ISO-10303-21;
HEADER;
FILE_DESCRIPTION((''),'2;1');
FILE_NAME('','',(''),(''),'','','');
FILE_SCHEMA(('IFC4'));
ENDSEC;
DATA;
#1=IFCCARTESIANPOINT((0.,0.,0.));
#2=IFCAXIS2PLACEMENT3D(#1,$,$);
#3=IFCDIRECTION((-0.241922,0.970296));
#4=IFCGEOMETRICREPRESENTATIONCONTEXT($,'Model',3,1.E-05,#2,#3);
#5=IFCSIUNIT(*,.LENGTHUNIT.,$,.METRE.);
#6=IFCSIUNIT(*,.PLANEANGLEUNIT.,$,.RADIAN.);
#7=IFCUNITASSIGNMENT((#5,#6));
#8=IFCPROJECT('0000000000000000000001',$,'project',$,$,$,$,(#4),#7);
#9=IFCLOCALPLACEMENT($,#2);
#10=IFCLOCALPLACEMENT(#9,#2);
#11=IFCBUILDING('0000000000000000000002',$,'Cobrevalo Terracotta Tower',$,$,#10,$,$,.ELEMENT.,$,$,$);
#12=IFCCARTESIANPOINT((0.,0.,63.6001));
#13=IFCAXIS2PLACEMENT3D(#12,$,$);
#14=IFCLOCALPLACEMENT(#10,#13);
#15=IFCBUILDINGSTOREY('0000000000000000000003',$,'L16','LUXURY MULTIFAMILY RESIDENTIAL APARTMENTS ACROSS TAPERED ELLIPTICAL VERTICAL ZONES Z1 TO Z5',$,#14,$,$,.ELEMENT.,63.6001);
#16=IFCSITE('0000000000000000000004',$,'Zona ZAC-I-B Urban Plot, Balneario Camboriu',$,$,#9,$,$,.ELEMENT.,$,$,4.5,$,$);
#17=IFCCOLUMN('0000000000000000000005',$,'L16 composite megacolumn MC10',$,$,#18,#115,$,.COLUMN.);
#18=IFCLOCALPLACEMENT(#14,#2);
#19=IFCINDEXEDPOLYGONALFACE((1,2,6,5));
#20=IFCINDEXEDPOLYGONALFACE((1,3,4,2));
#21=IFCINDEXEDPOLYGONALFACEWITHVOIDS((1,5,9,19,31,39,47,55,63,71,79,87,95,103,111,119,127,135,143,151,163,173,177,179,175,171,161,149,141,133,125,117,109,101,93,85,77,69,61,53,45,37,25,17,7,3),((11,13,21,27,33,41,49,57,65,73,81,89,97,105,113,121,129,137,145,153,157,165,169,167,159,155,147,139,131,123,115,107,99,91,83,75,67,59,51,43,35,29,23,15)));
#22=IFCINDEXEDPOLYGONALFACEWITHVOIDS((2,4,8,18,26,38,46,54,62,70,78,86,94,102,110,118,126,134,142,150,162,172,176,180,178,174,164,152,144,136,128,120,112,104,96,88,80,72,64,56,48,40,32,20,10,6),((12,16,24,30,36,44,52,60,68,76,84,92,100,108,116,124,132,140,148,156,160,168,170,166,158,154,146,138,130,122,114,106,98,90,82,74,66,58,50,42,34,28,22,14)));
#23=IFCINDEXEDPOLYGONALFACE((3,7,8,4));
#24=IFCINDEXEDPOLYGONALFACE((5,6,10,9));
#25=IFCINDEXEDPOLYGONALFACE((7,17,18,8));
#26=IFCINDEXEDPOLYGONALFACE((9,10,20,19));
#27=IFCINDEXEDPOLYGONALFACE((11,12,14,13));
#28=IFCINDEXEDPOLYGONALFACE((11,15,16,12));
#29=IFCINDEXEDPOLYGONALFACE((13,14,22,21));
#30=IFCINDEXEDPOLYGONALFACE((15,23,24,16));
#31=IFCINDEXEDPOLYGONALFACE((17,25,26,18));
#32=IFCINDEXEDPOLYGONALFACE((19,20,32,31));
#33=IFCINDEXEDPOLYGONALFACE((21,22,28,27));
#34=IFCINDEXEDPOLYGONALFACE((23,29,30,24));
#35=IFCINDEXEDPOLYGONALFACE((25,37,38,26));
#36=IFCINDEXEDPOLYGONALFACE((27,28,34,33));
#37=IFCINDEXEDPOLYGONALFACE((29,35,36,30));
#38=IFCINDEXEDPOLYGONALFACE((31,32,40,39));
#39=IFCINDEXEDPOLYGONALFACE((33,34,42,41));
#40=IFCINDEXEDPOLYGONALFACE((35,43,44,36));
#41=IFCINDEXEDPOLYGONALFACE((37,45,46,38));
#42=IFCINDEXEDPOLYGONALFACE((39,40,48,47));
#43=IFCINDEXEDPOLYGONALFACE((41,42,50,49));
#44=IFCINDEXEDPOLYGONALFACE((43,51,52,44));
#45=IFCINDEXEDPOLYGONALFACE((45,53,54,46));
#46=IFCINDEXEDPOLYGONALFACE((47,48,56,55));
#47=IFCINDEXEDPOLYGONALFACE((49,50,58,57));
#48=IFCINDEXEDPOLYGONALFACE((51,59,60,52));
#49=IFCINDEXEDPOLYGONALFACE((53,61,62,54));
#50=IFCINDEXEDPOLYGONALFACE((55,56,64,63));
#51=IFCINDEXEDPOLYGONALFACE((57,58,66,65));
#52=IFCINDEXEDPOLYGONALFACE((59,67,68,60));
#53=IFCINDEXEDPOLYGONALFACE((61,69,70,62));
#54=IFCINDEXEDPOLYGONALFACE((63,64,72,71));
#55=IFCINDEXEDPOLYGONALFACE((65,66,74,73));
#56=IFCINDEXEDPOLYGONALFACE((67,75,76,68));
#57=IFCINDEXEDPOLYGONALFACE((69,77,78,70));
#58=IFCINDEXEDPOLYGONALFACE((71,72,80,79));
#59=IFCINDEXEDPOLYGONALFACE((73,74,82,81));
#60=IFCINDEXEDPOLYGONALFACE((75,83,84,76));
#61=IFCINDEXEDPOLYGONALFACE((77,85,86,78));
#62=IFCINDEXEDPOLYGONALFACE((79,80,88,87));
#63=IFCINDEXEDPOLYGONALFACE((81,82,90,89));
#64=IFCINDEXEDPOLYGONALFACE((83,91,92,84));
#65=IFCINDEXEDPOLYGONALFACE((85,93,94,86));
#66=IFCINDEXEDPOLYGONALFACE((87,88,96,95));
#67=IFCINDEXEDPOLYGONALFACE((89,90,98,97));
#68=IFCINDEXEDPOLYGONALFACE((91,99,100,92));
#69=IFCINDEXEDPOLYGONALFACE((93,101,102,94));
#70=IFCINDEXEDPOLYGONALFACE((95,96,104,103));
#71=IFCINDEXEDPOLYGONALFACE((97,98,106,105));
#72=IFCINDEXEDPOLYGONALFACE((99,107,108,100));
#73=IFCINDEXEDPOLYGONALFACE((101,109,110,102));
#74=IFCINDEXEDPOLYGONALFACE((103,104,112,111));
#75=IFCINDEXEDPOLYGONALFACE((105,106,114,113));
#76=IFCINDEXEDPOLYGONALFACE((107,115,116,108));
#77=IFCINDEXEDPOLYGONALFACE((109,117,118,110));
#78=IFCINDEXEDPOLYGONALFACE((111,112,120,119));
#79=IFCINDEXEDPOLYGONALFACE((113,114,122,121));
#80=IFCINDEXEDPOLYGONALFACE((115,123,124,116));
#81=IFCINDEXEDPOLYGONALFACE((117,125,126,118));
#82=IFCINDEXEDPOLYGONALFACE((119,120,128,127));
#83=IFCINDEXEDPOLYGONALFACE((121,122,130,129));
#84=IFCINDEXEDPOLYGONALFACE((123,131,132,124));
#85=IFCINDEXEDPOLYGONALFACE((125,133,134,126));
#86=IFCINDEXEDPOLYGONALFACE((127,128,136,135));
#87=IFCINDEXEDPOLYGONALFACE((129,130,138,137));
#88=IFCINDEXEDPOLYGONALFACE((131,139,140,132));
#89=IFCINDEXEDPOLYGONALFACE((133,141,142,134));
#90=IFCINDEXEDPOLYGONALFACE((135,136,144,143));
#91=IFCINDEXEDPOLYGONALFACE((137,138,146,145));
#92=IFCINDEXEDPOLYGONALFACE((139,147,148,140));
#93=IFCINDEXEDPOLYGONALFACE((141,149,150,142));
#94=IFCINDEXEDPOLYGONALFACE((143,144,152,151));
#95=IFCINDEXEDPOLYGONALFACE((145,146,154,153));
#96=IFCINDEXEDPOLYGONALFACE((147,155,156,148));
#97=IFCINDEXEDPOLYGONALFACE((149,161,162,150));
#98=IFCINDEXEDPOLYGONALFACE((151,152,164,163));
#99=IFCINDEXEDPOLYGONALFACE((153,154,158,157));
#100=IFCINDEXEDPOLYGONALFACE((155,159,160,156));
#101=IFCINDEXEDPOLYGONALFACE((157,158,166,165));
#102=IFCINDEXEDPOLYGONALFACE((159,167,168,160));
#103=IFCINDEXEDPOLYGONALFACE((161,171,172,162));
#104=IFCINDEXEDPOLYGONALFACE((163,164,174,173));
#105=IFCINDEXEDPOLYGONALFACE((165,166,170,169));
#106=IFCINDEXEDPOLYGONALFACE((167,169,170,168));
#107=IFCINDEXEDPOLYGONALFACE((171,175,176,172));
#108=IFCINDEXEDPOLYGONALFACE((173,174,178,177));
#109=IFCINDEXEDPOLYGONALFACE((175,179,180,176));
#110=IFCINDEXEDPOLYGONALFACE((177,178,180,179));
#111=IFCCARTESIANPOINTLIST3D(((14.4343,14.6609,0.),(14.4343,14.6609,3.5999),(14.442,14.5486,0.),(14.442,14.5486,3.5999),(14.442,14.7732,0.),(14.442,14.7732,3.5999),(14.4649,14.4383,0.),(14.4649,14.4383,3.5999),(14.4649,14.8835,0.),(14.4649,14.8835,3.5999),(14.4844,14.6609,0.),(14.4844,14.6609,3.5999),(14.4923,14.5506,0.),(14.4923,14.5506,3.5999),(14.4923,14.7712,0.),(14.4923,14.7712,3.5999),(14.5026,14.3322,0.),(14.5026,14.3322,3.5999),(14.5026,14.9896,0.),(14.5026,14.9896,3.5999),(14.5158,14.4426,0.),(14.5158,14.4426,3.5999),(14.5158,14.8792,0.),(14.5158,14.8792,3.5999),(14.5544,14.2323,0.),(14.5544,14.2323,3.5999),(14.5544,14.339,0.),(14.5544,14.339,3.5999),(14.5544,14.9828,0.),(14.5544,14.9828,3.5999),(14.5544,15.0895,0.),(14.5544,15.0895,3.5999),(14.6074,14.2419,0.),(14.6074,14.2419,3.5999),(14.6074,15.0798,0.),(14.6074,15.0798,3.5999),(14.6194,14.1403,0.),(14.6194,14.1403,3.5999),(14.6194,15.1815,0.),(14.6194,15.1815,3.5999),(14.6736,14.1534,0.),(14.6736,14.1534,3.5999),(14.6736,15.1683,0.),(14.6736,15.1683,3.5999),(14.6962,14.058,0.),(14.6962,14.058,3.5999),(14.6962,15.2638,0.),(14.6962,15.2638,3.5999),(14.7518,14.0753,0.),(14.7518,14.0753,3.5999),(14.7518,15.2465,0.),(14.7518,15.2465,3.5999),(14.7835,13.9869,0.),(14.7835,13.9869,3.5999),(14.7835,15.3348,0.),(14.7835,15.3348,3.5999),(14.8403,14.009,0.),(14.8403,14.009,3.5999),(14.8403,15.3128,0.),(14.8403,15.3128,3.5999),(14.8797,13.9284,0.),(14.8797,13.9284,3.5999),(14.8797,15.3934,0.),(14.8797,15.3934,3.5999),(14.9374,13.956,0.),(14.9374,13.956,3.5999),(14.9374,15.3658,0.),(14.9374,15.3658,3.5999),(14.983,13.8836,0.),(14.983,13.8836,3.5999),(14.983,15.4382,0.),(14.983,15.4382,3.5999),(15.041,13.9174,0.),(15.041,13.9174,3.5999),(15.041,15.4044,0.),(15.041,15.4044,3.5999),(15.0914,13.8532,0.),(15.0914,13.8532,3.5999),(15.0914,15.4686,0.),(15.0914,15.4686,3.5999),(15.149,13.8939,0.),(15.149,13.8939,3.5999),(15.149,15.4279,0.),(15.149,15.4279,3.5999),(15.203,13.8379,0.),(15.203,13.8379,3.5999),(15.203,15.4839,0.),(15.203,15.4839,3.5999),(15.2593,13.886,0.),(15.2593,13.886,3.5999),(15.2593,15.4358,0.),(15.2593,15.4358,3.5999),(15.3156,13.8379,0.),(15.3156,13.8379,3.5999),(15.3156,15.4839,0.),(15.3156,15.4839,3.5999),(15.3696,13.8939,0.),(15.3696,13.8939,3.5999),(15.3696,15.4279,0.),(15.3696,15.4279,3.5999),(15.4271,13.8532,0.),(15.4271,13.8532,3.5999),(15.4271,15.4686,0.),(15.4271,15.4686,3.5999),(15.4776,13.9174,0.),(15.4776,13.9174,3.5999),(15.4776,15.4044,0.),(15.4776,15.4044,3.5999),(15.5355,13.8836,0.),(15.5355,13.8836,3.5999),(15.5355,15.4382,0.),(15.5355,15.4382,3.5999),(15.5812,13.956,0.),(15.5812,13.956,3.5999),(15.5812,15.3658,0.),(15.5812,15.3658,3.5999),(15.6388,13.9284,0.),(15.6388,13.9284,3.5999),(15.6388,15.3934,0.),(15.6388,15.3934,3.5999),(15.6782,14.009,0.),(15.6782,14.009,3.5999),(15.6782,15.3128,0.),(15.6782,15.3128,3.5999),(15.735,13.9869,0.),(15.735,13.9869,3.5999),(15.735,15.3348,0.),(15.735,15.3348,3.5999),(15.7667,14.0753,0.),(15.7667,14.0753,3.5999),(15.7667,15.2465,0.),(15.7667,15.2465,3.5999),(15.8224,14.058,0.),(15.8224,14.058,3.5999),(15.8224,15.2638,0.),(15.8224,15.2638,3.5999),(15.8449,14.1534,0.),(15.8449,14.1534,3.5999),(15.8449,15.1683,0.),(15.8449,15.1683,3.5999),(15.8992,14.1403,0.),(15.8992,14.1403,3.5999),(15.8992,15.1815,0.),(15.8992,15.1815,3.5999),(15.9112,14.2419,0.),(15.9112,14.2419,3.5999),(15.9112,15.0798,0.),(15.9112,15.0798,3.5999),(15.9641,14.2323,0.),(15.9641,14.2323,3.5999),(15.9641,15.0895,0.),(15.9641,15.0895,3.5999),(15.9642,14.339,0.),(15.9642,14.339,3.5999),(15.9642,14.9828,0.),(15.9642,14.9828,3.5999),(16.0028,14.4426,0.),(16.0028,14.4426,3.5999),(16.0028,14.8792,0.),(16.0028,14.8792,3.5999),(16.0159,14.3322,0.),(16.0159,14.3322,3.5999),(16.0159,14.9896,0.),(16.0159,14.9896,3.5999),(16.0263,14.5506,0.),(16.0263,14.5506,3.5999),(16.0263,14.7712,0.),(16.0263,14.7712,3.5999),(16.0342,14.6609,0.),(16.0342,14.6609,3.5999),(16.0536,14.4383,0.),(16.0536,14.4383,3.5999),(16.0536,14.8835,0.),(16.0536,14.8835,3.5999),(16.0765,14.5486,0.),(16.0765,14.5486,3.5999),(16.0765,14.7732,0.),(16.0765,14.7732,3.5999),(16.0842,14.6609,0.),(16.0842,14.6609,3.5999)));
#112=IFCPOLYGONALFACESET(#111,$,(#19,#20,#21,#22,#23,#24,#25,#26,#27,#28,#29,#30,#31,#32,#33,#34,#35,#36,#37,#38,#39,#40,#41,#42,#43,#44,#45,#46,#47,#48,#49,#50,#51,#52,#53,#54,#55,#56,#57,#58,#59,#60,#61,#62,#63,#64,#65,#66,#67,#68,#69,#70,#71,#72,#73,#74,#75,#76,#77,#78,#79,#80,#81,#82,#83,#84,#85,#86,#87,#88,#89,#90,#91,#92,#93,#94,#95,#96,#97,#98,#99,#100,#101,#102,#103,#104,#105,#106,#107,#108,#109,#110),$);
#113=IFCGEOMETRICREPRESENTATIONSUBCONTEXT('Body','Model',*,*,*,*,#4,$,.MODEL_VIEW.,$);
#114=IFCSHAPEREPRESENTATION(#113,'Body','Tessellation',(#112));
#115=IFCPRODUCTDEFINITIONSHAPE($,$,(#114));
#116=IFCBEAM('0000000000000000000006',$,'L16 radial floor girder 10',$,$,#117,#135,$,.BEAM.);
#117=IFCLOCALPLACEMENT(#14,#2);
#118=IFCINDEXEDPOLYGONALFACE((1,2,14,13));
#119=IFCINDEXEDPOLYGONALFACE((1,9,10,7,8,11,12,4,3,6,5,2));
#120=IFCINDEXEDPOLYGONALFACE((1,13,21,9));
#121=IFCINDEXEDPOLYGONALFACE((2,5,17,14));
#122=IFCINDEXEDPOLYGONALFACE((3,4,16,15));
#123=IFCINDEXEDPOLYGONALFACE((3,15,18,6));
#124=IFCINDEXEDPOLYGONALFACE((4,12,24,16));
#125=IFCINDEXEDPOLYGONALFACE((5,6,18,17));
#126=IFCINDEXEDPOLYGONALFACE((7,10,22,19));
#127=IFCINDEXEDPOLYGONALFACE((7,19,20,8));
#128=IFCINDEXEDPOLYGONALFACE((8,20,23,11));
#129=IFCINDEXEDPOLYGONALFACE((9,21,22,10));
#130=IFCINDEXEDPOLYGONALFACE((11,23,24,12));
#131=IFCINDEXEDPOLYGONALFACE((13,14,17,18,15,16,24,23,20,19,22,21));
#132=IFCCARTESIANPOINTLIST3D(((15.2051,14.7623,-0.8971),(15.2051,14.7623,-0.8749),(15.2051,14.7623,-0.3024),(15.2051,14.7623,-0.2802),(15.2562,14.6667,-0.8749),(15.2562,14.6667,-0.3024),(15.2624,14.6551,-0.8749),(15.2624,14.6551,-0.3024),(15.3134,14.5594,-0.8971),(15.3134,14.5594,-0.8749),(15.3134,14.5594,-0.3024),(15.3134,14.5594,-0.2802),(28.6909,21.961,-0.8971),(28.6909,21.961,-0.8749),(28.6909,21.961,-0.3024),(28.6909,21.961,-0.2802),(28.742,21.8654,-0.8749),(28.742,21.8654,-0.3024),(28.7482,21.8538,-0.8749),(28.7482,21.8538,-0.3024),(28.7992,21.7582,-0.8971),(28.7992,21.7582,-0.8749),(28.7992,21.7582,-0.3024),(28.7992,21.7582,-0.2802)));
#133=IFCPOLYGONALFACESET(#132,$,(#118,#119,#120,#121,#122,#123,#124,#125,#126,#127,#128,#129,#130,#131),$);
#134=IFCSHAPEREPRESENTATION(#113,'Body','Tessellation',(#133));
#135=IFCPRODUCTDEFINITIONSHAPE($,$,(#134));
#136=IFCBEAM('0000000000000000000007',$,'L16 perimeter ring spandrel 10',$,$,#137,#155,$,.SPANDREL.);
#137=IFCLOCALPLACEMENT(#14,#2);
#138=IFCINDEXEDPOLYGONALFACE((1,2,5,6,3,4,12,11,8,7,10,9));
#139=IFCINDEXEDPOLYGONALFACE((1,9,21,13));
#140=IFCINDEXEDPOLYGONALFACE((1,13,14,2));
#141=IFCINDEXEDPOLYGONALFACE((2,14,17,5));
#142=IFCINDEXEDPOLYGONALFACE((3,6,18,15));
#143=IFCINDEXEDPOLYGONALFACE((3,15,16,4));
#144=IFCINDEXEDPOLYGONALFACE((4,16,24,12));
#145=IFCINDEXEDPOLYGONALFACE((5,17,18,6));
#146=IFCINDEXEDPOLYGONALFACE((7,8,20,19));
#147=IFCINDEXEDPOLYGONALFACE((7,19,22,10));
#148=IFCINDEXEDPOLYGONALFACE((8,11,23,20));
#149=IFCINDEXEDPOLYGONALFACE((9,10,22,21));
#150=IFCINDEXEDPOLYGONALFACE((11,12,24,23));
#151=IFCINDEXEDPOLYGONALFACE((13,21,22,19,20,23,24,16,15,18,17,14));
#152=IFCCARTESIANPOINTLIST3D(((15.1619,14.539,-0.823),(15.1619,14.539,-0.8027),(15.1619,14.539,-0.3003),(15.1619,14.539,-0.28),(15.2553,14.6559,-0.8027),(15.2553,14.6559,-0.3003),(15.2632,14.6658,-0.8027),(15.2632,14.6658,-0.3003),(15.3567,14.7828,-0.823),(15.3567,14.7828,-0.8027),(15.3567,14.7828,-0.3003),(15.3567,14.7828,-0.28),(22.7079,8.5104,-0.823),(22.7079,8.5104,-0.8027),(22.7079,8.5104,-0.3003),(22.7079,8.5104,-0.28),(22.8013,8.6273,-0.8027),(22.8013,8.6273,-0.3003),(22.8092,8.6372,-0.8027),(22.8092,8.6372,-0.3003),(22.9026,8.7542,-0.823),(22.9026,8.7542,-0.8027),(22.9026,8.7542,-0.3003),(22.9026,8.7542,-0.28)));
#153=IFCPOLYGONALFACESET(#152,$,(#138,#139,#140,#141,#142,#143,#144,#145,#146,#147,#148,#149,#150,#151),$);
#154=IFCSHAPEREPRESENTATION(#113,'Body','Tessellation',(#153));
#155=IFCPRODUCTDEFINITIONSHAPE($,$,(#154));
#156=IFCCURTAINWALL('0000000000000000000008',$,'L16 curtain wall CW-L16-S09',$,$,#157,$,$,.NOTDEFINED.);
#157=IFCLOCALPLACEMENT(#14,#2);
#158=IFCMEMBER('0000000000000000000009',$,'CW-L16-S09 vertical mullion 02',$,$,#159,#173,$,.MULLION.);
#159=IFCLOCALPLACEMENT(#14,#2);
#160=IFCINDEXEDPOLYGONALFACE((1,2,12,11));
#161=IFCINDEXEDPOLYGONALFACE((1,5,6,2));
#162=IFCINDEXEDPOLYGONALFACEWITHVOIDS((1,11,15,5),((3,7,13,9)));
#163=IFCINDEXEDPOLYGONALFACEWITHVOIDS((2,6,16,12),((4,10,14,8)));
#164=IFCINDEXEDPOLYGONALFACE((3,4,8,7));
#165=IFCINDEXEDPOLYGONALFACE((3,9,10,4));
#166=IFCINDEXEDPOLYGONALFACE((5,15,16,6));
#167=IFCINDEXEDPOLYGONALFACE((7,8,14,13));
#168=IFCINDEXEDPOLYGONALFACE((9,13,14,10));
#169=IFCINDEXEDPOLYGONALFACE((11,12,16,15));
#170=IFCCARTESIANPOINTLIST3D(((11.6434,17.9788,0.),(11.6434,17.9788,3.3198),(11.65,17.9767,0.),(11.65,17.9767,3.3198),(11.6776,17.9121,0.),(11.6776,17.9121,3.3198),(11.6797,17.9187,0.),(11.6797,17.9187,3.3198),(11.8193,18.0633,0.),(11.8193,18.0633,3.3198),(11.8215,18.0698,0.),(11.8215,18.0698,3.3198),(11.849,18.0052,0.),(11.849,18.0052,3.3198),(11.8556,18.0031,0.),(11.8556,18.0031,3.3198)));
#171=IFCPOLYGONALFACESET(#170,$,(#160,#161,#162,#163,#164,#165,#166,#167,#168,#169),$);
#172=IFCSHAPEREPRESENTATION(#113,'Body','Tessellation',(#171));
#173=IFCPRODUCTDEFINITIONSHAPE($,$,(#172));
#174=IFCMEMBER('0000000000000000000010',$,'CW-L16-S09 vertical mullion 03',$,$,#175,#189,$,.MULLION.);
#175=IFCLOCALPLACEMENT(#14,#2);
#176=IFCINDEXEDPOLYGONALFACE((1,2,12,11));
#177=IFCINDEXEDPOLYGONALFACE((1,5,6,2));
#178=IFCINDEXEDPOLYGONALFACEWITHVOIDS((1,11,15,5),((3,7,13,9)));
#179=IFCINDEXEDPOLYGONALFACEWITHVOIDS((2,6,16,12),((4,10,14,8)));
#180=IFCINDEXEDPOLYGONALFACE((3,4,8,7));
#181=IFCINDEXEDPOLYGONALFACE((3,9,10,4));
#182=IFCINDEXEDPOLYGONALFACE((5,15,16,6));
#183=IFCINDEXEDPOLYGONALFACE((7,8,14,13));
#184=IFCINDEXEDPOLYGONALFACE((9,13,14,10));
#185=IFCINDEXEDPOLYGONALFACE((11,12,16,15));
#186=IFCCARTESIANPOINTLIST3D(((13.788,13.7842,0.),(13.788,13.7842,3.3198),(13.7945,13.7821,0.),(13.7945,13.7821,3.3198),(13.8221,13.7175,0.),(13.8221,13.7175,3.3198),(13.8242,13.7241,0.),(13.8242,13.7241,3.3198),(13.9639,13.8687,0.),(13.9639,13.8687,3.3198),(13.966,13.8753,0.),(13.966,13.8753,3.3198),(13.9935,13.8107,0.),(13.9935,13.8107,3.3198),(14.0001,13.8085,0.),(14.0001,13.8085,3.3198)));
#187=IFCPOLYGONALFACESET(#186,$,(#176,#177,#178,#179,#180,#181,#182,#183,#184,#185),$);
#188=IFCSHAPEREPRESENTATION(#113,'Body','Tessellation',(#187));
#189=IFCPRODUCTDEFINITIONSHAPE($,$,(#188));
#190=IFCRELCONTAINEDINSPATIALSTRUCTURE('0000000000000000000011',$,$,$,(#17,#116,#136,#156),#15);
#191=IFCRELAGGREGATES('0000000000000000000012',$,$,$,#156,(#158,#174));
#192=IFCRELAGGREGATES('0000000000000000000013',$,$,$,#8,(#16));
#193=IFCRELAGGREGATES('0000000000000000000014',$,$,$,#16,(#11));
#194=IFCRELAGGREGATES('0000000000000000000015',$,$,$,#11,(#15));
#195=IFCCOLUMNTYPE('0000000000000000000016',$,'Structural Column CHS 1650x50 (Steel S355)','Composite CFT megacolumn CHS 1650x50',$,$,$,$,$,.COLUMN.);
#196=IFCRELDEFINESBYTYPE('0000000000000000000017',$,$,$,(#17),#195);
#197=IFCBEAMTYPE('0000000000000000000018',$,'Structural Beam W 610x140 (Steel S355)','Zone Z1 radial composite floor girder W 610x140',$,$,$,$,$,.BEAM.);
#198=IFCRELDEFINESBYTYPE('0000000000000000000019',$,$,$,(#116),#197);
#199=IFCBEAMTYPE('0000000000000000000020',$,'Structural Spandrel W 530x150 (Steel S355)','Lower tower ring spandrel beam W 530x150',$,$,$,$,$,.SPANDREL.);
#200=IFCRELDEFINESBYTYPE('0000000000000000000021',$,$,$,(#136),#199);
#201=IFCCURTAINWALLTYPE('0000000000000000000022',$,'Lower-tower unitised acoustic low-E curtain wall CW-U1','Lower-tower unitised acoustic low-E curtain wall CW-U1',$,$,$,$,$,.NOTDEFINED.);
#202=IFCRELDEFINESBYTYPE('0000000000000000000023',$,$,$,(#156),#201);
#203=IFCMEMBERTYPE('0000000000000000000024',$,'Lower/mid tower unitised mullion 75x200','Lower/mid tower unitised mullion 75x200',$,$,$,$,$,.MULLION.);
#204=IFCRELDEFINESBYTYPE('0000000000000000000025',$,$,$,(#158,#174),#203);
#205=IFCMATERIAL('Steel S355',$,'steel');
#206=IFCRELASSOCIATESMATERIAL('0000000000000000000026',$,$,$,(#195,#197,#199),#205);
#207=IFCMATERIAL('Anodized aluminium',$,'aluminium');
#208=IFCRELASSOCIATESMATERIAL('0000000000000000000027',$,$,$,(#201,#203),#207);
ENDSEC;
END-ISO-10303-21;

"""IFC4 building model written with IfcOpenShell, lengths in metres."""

from ifc_helpers import new_model, si_unit, direction, frame, origin, origin_2d, place, context, subcontext, project, spatial, hollow_rectangle, hollow_circle, i_section, extrude, source, transform, mapped, material, material_profile, profile_set, type_object, element, aggregate, save


model = new_model("IFC4")

# Units and contexts
model_context = context("Model", 3, precision=1e-05, world=origin(), true_north=direction((-0.241922, 0.970296)))
body_context = subcontext(model_context, "Body", "Model", "MODEL_VIEW")
ifc_project = project(units=[si_unit("LENGTHUNIT", "METRE"), si_unit("PLANEANGLEUNIT", "RADIAN")], contexts=[model_context])

# Site, building, storey
site_placement = place(None, origin())
site = spatial("IfcSite", under=ifc_project, at=site_placement, Name="Zona ZAC-I-B Urban Plot, Balneario Camboriu", CompositionType="ELEMENT", RefElevation=4.5)
building_placement = place(site_placement, origin())
building = spatial("IfcBuilding", under=site, at=building_placement, Name="Cobrevalo Terracotta Tower", CompositionType="ELEMENT")
storey_placement = place(building_placement, frame((0.0, 0.0, 63.6001)))
storey = spatial("IfcBuildingStorey", under=building, at=storey_placement, Name="L16", Description="LUXURY MULTIFAMILY RESIDENTIAL APARTMENTS ACROSS TAPERED ELLIPTICAL VERTICAL ZONES Z1 TO Z5", CompositionType="ELEMENT", Elevation=63.6001)

# Column
ifc_material_1 = material(Name="Steel S355", Category="steel")
ifc_material_profile_1 = material_profile(ifc_material_1, hollow_circle(Radius=0.825, WallThickness=0.05, at=origin_2d()), Name="CHS 1650x50")
ifc_profile_set_1 = profile_set([ifc_material_profile_1], Name="Steel S355")
column_type = type_object("IfcColumnType", Name="Structural Column CHS 1650x50 (Steel S355)", Description="Composite CFT megacolumn CHS 1650x50", PredefinedType="COLUMN", material=ifc_profile_set_1)
column_placement = place(storey_placement, frame((15.2593, 14.6609, 0.0), z_axis=(0.0, 0.0, 1.0), x_axis=(1.0, 0.0, 0.0)))
element("IfcColumn", 1, at=column_placement, inside=storey, type_object=column_type, Name="L16 composite megacolumn MC10", PredefinedType="COLUMN", context=body_context, shape_type="SweptSolid", body=[
    extrude(hollow_circle(Radius=0.825, WallThickness=0.05, at=origin_2d()), origin(), (0.0, 0.0, 1.0), 3.5999),
])

# Beams
ifc_material_profile_2 = material_profile(ifc_material_1, i_section(OverallWidth=0.23, OverallDepth=0.6169, WebThickness=0.0132, FlangeThickness=0.0222, at=origin_2d()), Name="W 610x140")
ifc_profile_set_2 = profile_set([ifc_material_profile_2], Name="Steel S355")
beam_type_1 = type_object("IfcBeamType", Name="Structural Beam W 610x140 (Steel S355)", Description="Zone Z1 radial composite floor girder W 610x140", PredefinedType="BEAM", material=ifc_profile_set_2)
beam_1_placement = place(storey_placement, frame((15.2593, 14.6609, -0.5886), z_axis=(0.882182, 0.470908, 0.0), x_axis=(-0.470908, 0.882182, 0.0)))
element("IfcBeam", 2, at=beam_1_placement, inside=storey, type_object=beam_type_1, Name="L16 radial floor girder 10", PredefinedType="BEAM", context=body_context, shape_type="SweptSolid", body=[
    extrude(i_section(OverallWidth=0.23, OverallDepth=0.6169, WebThickness=0.0132, FlangeThickness=0.0222, at=origin_2d()), origin(), (0.0, 0.0, 1.0), 15.2869),
])
ifc_material_profile_3 = material_profile(ifc_material_1, i_section(OverallWidth=0.312, OverallDepth=0.543, WebThickness=0.0127, FlangeThickness=0.0203, at=origin_2d()), Name="W 530x150")
ifc_profile_set_3 = profile_set([ifc_material_profile_3], Name="Steel S355")
beam_type_2 = type_object("IfcBeamType", Name="Structural Spandrel W 530x150 (Steel S355)", Description="Lower tower ring spandrel beam W 530x150", PredefinedType="SPANDREL", material=ifc_profile_set_3)
beam_2_placement = place(storey_placement, frame((15.2593, 14.6609, -0.5515), z_axis=(0.78128, -0.62418, 0.0), x_axis=(0.62418, 0.78128, 0.0)))
element("IfcBeam", 3, at=beam_2_placement, inside=storey, type_object=beam_type_2, Name="L16 perimeter ring spandrel 10", PredefinedType="SPANDREL", context=body_context, shape_type="SweptSolid", body=[
    extrude(i_section(OverallWidth=0.312, OverallDepth=0.543, WebThickness=0.0127, FlangeThickness=0.0203, at=origin_2d()), origin(), (0.0, 0.0, 1.0), 9.6584),
])

# Curtain wall, members
ifc_material_2 = material(Name="Anodized aluminium", Category="aluminium")
curtain_wall_type = type_object("IfcCurtainWallType", Name="Lower-tower unitised acoustic low-E curtain wall CW-U1", Description="Lower-tower unitised acoustic low-E curtain wall CW-U1", PredefinedType="NOTDEFINED", material=ifc_material_2)
curtain_wall_1_placement = place(storey_placement, origin())
curtain_wall_1 = element("IfcCurtainWall", 4, at=curtain_wall_1_placement, inside=storey, type_object=curtain_wall_type, Name="L16 curtain wall CW-L16-S09", PredefinedType="NOTDEFINED")
ifc_material_profile_4 = material_profile(ifc_material_2, hollow_rectangle(XDim=0.075, YDim=0.2, WallThickness=0.0049, at=origin_2d()), Name="CWM 75x200")
ifc_profile_set_4 = profile_set([ifc_material_profile_4], Name="Anodized aluminium")
member_type_1 = type_object("IfcMemberType", Name="Lower/mid tower unitised mullion 75x200", Description="Lower/mid tower unitised mullion 75x200", PredefinedType="MULLION", material=ifc_profile_set_4)
shared_shape_1 = source(origin(), body_context, "Body", "SweptSolid", [
    extrude(hollow_rectangle(XDim=0.075, YDim=0.2, WallThickness=0.0049, at=origin_2d()), origin(), (0.0, 0.0, 1.0), 3.3198),
])
member_1_placement = place(storey_placement, frame((11.7495, 17.991, 0.0), z_axis=(0.0, 0.0, 1.0), x_axis=(0.455234, -0.890372, 0.0)))
member_1 = element("IfcMember", 5, at=member_1_placement, type_object=member_type_1, Name="CW-L16-S09 vertical mullion 02", PredefinedType="MULLION", context=body_context, shape_type="MappedRepresentation", body=[
    mapped(shared_shape_1, transform((0.0, 0.0, 0.0), scale=1.0)),
])
member_2_placement = place(storey_placement, frame((13.894, 13.7964, 0.0), z_axis=(0.0, 0.0, 1.0), x_axis=(0.455234, -0.890372, 0.0)))
member_2 = element("IfcMember", 6, at=member_2_placement, type_object=member_type_1, Name="CW-L16-S09 vertical mullion 03", PredefinedType="MULLION", context=body_context, shape_type="MappedRepresentation", body=[
    mapped(shared_shape_1, transform((0.0, 0.0, 0.0), scale=1.0)),
])

aggregate(curtain_wall_1, [member_1, member_2])

save(model, "model.ifc")
